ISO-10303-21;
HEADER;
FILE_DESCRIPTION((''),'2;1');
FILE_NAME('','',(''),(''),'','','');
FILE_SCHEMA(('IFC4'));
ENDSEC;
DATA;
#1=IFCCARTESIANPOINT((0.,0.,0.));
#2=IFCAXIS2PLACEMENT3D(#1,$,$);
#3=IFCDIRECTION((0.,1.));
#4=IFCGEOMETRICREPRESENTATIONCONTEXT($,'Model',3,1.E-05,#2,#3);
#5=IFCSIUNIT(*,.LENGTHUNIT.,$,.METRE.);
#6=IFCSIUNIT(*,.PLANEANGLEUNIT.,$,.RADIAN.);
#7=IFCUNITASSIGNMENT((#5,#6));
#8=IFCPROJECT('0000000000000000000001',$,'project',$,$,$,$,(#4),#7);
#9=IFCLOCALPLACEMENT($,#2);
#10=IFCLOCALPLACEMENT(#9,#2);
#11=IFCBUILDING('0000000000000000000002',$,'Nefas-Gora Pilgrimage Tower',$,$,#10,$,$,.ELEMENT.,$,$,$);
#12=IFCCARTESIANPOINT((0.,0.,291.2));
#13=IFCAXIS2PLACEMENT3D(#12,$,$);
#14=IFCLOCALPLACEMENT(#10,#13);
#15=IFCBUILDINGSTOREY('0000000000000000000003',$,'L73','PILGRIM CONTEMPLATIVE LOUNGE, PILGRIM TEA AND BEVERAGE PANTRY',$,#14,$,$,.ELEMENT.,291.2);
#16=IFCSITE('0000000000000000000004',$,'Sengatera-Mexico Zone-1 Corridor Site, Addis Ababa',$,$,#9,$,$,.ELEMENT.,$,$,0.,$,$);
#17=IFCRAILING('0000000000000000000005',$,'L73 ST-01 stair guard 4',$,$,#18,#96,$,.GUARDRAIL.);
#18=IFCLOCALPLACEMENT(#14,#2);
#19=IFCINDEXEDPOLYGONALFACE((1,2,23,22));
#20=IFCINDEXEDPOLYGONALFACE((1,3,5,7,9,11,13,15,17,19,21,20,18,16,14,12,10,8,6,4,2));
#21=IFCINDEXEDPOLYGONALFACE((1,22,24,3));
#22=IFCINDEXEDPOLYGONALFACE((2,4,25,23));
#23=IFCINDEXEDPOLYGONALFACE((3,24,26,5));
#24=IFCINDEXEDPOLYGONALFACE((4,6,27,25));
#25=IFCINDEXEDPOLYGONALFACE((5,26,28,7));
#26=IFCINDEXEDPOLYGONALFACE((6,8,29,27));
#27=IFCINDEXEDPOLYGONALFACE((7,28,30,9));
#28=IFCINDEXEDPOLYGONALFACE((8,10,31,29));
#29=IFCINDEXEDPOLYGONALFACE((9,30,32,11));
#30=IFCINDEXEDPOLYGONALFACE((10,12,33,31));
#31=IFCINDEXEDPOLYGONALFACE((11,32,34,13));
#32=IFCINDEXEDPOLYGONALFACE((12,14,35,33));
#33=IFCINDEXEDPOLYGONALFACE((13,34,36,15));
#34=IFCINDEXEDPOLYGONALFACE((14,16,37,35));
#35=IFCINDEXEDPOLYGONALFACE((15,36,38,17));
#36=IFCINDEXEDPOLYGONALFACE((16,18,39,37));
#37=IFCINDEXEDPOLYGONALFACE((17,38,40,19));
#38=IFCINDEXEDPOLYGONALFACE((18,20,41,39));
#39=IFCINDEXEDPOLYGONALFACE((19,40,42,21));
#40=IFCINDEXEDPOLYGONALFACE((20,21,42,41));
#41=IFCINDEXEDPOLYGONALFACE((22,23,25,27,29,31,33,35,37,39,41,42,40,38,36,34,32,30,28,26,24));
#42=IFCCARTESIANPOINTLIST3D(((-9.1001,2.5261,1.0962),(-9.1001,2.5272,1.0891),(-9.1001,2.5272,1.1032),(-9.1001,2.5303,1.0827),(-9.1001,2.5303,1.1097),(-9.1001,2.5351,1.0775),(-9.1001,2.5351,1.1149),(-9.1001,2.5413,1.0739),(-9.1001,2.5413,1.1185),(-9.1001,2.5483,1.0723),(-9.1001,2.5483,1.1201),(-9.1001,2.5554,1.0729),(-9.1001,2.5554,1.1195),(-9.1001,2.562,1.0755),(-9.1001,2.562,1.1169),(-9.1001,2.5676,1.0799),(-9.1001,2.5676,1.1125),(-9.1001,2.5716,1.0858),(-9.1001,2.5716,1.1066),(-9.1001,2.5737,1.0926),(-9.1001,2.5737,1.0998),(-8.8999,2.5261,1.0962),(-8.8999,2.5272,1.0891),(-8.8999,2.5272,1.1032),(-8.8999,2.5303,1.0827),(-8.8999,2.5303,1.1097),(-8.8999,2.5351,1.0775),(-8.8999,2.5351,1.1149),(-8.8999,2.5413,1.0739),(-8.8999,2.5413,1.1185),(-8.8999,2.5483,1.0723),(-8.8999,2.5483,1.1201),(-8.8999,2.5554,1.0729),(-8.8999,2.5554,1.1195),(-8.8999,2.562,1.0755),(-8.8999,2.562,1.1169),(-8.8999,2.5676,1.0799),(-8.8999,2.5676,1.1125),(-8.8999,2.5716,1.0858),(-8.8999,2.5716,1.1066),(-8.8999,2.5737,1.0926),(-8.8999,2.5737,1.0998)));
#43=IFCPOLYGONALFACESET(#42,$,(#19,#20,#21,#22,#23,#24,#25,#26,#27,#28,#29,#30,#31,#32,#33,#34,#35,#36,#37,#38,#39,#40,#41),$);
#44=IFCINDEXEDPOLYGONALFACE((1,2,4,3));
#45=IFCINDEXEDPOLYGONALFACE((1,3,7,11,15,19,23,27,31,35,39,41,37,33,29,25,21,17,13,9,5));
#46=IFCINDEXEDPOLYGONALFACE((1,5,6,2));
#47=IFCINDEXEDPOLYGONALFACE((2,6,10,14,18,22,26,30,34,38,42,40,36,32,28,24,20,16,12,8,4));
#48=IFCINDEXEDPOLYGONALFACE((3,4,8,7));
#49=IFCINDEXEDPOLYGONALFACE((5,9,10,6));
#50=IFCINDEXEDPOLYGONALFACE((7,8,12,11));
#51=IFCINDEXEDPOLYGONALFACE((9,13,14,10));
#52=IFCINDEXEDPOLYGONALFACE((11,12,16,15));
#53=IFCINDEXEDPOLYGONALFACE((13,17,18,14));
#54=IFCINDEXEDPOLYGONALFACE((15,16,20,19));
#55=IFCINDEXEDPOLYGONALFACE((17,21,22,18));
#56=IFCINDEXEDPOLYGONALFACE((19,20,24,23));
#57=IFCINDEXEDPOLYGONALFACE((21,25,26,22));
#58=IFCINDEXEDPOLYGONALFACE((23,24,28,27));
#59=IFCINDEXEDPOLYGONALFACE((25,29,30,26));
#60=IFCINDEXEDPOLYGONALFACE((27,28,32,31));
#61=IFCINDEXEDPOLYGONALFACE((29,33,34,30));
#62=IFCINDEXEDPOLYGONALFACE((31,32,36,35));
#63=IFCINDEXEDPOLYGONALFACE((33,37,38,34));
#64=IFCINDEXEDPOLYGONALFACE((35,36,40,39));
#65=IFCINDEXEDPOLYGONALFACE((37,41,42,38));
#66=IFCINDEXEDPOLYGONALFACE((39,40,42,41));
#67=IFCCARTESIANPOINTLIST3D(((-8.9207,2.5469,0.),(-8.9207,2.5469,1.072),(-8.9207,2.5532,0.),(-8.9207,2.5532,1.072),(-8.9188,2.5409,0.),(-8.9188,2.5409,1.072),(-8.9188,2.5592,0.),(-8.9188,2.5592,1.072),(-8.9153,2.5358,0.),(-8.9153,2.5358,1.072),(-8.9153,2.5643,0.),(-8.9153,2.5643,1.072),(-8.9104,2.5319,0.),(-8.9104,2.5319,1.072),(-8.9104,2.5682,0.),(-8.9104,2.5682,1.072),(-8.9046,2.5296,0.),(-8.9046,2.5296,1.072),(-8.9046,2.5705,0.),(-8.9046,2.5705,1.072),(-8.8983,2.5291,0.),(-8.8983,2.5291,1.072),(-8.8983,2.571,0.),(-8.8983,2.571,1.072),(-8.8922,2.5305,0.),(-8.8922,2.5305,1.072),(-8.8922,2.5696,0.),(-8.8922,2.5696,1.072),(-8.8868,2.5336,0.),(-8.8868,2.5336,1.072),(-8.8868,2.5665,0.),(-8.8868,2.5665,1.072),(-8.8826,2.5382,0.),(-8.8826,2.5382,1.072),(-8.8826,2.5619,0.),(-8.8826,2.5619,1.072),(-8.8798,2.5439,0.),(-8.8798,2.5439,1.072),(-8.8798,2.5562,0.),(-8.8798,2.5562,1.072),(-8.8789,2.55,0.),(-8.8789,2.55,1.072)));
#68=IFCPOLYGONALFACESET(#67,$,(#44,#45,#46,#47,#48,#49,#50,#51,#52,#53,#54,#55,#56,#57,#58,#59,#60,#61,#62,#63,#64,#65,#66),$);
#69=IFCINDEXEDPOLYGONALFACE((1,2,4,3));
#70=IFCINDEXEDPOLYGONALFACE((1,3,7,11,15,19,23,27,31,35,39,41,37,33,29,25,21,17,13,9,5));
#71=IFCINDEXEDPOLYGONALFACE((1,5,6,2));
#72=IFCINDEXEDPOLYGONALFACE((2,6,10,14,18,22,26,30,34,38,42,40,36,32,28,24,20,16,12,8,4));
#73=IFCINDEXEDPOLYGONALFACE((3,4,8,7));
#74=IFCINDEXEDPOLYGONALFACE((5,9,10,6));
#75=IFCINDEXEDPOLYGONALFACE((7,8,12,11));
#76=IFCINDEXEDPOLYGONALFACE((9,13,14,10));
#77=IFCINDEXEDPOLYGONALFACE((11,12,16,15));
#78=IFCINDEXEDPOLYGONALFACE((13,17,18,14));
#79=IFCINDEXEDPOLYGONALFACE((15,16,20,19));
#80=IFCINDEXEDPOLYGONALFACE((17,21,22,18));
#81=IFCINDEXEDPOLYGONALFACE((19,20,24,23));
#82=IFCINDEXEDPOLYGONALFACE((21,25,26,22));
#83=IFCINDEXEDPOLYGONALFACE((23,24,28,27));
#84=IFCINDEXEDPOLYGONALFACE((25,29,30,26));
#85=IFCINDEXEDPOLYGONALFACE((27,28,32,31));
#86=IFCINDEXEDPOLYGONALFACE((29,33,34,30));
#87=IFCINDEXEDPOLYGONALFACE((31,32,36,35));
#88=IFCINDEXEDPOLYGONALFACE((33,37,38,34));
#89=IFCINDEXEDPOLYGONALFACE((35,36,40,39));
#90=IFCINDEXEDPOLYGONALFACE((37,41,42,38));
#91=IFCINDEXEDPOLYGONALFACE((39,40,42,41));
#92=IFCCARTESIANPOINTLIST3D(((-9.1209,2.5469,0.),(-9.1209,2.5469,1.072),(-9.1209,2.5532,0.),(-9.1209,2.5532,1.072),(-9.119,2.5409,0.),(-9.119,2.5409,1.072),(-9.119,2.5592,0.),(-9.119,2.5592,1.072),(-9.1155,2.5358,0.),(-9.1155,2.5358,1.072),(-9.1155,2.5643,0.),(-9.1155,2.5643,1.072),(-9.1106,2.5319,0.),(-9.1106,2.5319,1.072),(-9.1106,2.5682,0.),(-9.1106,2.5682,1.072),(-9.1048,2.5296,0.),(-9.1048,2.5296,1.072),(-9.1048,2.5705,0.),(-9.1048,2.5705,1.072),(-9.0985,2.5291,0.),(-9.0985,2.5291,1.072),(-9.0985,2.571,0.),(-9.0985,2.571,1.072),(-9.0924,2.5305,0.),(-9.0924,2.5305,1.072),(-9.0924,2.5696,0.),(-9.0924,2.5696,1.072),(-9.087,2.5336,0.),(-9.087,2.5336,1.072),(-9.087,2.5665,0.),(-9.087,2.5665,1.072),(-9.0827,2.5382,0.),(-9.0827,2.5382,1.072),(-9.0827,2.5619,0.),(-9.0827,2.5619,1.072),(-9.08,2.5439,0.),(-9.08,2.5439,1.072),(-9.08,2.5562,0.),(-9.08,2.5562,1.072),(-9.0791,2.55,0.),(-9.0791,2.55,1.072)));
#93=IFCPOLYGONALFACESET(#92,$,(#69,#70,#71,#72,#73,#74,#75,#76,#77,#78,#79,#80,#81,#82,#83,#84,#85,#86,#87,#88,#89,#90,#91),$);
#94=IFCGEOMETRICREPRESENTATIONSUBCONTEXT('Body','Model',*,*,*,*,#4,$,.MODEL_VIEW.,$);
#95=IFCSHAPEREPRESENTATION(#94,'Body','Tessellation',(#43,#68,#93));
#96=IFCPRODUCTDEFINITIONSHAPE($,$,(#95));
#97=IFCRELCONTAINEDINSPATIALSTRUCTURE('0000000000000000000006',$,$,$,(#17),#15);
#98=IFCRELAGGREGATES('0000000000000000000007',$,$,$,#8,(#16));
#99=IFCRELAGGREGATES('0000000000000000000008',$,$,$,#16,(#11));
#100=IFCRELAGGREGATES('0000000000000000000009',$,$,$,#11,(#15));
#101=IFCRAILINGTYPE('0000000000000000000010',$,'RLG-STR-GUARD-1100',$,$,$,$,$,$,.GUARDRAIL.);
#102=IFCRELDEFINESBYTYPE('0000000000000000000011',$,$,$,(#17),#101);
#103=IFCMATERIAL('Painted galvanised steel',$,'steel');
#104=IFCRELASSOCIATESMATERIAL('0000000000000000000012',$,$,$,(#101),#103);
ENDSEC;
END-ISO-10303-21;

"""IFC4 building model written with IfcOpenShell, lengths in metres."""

from ifc_helpers import new_model, si_unit, direction, frame, origin, origin_2d, place, context, subcontext, project, spatial, circle, extrude, material, type_object, element, save


model = new_model("IFC4")

# Units and contexts
model_context = context("Model", 3, precision=1e-05, world=origin(), true_north=direction((0.0, 1.0)))
body_context = subcontext(model_context, "Body", "Model", "MODEL_VIEW")
ifc_project = project(units=[si_unit("LENGTHUNIT", "METRE"), si_unit("PLANEANGLEUNIT", "RADIAN")], contexts=[model_context])

# Site, building, storey
site_placement = place(None, origin())
site = spatial("IfcSite", under=ifc_project, at=site_placement, Name="Sengatera-Mexico Zone-1 Corridor Site, Addis Ababa", CompositionType="ELEMENT", RefElevation=0.0)
building_placement = place(site_placement, origin())
building = spatial("IfcBuilding", under=site, at=building_placement, Name="Nefas-Gora Pilgrimage Tower", CompositionType="ELEMENT")
storey_placement = place(building_placement, frame((0.0, 0.0, 291.2)))
storey = spatial("IfcBuildingStorey", under=building, at=storey_placement, Name="L73", Description="PILGRIM CONTEMPLATIVE LOUNGE, PILGRIM TEA AND BEVERAGE PANTRY", CompositionType="ELEMENT", Elevation=291.2)

# Railing
ifc_material_1 = material(Name="Painted galvanised steel", Category="steel")
railing_type_1 = type_object("IfcRailingType", Name="RLG-STR-GUARD-1100", PredefinedType="GUARDRAIL", material=ifc_material_1)
railing_1_placement = place(storey_placement, frame((-8.8999, 2.55, 0.0)))
element("IfcRailing", 1, at=railing_1_placement, inside=storey, type_object=railing_type_1, Name="L73 ST-01 stair guard 4", PredefinedType="GUARDRAIL", context=body_context, shape_type="SweptSolid", body=[
    extrude(circle(Radius=0.0239, at=origin_2d()), frame((0.0, 0.0, 1.0962), z_axis=(-1.0, 0.0, 0.0), x_axis=(0.0, -1.0, 0.0)), (0.0, 0.0, 1.0), 0.2002),
    extrude(circle(Radius=0.021, at=origin_2d()), origin(), (0.0, 0.0, 1.0), 1.072),
    extrude(circle(Radius=0.021, at=origin_2d()), frame((-0.2002, 0.0, 0.0)), (0.0, 0.0, 1.0), 1.072),
])

save(model, "model.ifc")
